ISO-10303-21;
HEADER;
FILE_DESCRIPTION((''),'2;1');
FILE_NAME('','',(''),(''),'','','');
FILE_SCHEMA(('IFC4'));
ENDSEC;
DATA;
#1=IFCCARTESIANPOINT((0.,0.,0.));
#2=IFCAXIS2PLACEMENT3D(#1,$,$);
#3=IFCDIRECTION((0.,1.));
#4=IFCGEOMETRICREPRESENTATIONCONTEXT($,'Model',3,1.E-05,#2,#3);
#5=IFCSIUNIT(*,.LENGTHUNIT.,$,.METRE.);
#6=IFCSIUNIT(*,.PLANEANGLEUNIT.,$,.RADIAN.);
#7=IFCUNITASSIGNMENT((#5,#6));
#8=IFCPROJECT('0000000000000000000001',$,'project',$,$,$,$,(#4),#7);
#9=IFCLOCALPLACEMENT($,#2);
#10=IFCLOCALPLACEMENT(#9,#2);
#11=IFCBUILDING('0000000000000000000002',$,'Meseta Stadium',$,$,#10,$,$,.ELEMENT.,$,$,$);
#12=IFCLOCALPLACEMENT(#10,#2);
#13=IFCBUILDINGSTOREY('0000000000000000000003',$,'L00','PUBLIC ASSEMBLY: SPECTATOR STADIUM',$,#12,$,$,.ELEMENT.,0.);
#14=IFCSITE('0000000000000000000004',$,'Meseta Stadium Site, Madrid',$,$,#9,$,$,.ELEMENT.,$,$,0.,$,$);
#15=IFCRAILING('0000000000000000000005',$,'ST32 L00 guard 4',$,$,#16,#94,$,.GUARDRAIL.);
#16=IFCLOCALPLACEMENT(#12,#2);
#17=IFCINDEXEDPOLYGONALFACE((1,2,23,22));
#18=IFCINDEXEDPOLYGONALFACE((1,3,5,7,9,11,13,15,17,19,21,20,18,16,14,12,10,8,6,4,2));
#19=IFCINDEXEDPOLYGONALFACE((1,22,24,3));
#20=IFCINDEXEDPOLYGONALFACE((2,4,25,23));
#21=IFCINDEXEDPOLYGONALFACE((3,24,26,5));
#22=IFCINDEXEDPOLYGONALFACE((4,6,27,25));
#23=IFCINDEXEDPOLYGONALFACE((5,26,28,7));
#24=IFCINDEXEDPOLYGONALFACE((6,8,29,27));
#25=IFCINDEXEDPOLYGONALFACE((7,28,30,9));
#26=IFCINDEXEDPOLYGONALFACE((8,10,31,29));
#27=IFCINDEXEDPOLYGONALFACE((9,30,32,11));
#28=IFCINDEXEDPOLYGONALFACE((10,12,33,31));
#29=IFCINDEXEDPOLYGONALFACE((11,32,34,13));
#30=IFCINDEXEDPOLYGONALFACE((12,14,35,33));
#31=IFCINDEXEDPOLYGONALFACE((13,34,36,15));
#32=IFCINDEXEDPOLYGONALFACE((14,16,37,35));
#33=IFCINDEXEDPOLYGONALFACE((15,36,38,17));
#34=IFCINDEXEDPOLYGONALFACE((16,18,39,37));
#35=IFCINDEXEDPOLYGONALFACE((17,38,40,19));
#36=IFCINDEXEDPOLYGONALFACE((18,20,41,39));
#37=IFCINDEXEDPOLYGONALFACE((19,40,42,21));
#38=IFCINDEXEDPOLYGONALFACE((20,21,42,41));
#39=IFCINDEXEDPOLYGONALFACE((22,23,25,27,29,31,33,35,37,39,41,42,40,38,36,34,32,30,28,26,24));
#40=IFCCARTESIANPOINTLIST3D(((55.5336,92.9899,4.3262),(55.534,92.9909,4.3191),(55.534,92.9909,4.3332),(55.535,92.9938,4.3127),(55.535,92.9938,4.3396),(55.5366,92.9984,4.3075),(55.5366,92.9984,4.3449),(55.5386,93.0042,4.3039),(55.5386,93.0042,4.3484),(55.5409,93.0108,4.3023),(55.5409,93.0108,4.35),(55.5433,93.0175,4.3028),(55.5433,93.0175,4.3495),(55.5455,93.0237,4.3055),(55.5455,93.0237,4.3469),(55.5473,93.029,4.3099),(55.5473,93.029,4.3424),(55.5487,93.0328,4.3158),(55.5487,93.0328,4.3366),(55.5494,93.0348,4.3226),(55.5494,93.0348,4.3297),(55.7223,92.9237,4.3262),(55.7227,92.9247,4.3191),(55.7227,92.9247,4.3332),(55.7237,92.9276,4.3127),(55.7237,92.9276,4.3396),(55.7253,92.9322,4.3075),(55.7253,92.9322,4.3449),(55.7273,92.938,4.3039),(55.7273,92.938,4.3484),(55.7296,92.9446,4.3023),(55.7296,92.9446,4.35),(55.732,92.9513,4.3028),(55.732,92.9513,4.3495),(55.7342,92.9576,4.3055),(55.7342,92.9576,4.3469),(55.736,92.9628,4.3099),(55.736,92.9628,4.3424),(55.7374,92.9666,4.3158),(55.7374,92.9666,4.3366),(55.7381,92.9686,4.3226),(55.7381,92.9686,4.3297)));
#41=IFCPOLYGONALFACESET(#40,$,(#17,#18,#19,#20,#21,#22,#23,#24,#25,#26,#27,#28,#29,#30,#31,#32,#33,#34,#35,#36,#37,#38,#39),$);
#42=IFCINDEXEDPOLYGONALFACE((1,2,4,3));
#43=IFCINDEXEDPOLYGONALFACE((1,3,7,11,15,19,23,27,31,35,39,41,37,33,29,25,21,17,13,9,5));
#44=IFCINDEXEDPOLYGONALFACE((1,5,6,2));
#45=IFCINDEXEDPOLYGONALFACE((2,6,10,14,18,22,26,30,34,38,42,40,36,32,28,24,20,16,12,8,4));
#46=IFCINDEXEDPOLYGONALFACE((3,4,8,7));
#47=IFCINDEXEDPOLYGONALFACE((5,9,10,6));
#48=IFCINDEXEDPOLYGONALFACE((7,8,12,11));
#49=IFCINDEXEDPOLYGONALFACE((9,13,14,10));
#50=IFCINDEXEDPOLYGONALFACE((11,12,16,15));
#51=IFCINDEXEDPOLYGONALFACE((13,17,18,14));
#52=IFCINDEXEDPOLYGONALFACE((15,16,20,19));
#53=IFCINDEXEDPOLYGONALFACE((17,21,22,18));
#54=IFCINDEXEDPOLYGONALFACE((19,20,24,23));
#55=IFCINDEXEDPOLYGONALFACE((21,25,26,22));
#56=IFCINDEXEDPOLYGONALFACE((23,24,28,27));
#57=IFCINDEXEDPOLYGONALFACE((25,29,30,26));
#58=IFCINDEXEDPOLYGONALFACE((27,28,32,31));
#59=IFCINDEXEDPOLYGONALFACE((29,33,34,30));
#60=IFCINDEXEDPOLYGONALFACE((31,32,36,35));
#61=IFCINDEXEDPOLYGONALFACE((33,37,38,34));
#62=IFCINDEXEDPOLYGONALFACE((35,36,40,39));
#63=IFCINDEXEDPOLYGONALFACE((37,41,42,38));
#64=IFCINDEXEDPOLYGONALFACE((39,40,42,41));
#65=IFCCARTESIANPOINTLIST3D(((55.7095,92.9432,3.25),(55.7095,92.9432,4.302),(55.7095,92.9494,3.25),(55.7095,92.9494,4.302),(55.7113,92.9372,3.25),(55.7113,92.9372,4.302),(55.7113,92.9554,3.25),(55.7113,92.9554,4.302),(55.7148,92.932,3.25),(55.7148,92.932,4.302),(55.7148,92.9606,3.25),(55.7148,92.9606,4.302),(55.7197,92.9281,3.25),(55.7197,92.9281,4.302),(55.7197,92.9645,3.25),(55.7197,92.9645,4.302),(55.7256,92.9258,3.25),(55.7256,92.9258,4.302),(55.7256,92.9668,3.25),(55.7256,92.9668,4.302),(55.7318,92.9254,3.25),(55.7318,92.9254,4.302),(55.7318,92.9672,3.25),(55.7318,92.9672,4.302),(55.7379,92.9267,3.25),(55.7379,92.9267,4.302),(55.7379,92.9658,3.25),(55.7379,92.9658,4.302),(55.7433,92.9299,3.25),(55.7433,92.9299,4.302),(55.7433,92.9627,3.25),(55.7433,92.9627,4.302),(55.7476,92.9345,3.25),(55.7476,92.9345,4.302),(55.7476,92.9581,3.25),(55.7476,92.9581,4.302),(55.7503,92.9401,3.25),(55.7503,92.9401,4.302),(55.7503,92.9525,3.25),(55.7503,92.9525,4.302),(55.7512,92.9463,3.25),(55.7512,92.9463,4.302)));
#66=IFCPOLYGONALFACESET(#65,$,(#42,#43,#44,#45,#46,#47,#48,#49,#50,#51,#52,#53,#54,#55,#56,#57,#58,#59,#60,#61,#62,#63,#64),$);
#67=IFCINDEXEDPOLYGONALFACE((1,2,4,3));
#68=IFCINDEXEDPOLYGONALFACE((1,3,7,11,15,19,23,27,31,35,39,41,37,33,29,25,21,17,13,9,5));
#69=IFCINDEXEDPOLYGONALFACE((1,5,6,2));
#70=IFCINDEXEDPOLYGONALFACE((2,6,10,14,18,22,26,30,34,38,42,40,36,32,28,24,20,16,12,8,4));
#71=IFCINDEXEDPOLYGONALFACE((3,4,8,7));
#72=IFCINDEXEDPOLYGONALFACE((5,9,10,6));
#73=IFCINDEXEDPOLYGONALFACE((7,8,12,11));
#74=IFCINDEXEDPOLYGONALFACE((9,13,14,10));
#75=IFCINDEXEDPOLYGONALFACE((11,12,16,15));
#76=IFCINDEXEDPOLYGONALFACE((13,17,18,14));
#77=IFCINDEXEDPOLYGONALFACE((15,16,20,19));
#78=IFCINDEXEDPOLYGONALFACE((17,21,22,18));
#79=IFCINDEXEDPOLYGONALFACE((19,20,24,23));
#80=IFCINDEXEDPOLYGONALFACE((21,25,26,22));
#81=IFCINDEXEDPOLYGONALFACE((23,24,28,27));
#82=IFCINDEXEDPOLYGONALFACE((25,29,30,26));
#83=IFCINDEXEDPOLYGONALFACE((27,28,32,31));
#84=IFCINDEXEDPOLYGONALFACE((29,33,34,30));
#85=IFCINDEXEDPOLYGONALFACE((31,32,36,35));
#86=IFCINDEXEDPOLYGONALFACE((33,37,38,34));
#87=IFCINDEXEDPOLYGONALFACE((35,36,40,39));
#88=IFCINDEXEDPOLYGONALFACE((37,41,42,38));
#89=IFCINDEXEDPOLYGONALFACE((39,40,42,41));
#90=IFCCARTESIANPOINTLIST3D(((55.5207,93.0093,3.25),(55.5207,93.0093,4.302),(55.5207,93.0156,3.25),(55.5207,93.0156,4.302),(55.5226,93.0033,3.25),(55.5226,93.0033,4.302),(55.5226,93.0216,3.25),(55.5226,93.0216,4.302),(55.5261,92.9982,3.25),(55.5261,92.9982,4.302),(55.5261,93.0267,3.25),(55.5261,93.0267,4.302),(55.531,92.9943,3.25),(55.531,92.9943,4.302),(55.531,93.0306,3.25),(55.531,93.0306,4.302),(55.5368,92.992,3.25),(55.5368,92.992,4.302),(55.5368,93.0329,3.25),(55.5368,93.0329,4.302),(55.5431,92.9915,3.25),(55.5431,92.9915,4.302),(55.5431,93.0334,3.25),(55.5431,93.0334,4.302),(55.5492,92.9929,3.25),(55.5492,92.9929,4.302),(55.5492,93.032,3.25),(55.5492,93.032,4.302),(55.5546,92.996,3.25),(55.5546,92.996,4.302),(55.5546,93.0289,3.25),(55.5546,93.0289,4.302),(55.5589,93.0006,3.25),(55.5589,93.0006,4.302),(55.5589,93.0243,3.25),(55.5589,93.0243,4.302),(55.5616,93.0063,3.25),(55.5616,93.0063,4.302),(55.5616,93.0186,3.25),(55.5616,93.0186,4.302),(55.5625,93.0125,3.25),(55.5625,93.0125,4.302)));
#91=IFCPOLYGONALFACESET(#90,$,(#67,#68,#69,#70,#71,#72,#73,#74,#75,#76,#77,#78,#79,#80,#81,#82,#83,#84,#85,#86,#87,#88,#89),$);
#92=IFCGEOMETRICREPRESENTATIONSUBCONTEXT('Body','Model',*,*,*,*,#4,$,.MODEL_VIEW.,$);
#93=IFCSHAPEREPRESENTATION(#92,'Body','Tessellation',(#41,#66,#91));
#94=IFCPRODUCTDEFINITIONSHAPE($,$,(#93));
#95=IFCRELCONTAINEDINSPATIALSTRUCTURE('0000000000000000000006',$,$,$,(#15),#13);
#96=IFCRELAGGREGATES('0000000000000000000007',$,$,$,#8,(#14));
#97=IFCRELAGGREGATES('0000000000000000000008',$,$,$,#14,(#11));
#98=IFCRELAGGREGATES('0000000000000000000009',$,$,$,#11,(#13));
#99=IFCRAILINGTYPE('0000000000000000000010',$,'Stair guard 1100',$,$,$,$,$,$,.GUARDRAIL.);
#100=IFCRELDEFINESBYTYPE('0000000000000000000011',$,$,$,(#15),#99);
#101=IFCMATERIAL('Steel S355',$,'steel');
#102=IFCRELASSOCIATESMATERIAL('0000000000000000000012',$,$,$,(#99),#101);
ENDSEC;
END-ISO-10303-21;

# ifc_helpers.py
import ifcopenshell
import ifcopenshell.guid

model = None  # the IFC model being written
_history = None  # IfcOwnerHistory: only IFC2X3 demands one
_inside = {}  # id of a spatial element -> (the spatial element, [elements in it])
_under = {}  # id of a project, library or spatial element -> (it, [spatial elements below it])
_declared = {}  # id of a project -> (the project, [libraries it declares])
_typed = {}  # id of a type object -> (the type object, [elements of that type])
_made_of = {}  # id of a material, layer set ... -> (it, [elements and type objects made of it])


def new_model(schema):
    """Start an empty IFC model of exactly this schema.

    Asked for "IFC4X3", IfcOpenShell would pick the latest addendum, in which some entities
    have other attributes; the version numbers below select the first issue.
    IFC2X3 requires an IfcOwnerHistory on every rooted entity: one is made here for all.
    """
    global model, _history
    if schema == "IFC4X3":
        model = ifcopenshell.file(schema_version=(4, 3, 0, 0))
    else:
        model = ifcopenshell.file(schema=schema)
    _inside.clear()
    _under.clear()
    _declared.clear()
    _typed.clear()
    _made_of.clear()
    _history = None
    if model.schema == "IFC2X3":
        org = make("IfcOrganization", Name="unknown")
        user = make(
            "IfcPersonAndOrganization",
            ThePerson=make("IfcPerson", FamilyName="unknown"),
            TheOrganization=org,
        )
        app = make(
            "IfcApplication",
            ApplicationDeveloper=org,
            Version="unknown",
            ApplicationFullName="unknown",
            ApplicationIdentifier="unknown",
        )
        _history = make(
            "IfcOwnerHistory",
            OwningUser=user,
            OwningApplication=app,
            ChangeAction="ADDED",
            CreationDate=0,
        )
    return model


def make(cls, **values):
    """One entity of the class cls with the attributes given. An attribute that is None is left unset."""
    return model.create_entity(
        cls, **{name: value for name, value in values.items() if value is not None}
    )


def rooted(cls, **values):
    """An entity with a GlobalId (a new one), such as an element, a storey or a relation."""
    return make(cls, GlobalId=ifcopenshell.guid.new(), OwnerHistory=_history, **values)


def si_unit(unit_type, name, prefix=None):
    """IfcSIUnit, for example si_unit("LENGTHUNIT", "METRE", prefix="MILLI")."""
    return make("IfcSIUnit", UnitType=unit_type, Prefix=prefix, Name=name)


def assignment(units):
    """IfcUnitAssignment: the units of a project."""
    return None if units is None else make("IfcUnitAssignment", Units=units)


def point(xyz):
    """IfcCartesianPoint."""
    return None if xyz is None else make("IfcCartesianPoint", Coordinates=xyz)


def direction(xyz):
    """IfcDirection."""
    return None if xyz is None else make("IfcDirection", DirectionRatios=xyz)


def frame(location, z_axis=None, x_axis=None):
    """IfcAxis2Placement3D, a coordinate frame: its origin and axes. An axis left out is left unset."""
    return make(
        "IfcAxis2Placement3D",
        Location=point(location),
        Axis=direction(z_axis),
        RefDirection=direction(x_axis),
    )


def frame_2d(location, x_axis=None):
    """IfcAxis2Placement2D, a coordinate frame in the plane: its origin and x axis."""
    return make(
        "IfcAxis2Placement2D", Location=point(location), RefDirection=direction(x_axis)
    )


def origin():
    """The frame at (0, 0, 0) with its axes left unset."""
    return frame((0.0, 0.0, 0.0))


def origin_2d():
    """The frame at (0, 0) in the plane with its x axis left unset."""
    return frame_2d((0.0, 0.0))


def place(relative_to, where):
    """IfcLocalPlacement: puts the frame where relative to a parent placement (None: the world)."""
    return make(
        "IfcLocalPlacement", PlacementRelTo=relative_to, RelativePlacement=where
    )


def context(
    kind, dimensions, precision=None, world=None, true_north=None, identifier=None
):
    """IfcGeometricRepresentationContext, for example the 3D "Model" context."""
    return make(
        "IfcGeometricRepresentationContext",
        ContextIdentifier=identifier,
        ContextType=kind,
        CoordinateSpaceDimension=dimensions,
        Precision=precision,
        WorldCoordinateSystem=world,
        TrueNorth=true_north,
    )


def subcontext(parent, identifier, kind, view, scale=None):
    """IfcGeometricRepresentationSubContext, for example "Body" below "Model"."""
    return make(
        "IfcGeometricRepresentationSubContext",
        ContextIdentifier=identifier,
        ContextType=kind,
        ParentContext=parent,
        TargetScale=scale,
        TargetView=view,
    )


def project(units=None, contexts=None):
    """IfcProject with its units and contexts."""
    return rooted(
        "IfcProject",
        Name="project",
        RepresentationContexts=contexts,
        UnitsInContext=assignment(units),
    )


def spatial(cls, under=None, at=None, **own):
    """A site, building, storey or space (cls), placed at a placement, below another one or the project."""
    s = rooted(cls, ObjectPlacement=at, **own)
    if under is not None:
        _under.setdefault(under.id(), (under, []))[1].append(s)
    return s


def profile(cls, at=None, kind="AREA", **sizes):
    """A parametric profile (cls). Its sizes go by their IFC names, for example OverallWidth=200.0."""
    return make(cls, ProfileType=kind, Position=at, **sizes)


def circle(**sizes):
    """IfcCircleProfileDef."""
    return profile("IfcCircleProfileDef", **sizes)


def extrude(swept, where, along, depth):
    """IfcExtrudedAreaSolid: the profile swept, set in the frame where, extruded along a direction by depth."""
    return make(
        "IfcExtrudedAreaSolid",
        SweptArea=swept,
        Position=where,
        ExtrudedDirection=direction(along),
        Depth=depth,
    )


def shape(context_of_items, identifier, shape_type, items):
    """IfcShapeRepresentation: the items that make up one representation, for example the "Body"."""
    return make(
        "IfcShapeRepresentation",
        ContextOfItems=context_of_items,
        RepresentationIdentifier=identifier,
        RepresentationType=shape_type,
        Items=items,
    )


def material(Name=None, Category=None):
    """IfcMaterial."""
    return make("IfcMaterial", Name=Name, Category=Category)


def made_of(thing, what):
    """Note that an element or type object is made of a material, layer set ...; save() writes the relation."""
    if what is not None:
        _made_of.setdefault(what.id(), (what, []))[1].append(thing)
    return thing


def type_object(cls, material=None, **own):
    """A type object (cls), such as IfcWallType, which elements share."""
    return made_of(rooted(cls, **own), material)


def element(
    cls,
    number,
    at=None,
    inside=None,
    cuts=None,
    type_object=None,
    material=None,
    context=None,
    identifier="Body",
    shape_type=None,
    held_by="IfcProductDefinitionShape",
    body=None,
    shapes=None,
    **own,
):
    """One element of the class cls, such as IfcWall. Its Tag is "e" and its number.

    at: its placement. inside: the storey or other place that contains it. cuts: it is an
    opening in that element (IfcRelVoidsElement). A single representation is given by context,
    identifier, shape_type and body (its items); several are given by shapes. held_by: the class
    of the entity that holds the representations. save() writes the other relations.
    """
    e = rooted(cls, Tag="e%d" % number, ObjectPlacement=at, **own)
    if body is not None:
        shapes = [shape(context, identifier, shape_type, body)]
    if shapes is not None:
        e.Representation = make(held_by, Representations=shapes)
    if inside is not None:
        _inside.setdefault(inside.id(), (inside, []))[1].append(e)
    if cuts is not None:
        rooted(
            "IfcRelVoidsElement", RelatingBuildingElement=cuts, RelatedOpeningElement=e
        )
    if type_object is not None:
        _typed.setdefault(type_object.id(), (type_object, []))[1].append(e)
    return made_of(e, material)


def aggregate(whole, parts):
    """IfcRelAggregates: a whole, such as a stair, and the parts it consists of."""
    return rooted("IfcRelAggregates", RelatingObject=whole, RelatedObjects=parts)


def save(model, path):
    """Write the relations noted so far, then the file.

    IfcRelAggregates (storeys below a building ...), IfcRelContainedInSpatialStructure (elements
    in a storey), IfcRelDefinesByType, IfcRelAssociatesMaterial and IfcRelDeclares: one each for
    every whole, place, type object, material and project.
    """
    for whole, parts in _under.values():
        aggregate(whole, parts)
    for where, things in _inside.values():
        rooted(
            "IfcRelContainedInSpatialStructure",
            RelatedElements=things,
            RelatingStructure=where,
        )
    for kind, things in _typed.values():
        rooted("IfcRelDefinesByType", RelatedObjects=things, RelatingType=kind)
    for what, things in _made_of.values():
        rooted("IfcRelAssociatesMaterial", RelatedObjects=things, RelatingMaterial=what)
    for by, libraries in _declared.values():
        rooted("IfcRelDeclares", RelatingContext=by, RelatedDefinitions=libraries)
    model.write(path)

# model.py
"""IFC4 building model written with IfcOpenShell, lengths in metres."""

from ifc_helpers import new_model, si_unit, direction, frame, origin, origin_2d, place, context, subcontext, project, spatial, circle, extrude, material, type_object, element, save


model = new_model("IFC4")

# Units and contexts
model_context = context("Model", 3, precision=1e-05, world=origin(), true_north=direction((0.0, 1.0)))
body_context = subcontext(model_context, "Body", "Model", "MODEL_VIEW")
ifc_project = project(units=[si_unit("LENGTHUNIT", "METRE"), si_unit("PLANEANGLEUNIT", "RADIAN")], contexts=[model_context])

# Site, building, storey
site_placement = place(None, origin())
site = spatial("IfcSite", under=ifc_project, at=site_placement, Name="Meseta Stadium Site, Madrid", CompositionType="ELEMENT", RefElevation=0.0)
building_placement = place(site_placement, origin())
building = spatial("IfcBuilding", under=site, at=building_placement, Name="Meseta Stadium", CompositionType="ELEMENT")
storey_placement = place(building_placement, origin())
storey = spatial("IfcBuildingStorey", under=building, at=storey_placement, Name="L00", Description="PUBLIC ASSEMBLY: SPECTATOR STADIUM", CompositionType="ELEMENT", Elevation=0.0)

# Railing
ifc_material_1 = material(Name="Steel S355", Category="steel")
railing_type_1 = type_object("IfcRailingType", Name="Stair guard 1100", PredefinedType="GUARDRAIL", material=ifc_material_1)
railing_1_placement = place(storey_placement, frame((55.7302, 92.9463, 3.25)))
element("IfcRailing", 1, at=railing_1_placement, inside=storey, type_object=railing_type_1, Name="ST32 L00 guard 4", PredefinedType="GUARDRAIL", context=body_context, shape_type="SweptSolid", body=[
    extrude(circle(Radius=0.0239, at=origin_2d()), frame((0.0, 0.0, 1.0762), z_axis=(-0.943687, 0.33084, 0.0), x_axis=(-0.33084, -0.943687, 0.0)), (0.0, 0.0, 1.0), 0.2),
    extrude(circle(Radius=0.021, at=origin_2d()), origin(), (0.0, 0.0, 1.0), 1.052),
    extrude(circle(Radius=0.021, at=origin_2d()), frame((-0.1887, 0.0662, 0.0)), (0.0, 0.0, 1.0), 1.052),
])

save(model, "model.ifc")
